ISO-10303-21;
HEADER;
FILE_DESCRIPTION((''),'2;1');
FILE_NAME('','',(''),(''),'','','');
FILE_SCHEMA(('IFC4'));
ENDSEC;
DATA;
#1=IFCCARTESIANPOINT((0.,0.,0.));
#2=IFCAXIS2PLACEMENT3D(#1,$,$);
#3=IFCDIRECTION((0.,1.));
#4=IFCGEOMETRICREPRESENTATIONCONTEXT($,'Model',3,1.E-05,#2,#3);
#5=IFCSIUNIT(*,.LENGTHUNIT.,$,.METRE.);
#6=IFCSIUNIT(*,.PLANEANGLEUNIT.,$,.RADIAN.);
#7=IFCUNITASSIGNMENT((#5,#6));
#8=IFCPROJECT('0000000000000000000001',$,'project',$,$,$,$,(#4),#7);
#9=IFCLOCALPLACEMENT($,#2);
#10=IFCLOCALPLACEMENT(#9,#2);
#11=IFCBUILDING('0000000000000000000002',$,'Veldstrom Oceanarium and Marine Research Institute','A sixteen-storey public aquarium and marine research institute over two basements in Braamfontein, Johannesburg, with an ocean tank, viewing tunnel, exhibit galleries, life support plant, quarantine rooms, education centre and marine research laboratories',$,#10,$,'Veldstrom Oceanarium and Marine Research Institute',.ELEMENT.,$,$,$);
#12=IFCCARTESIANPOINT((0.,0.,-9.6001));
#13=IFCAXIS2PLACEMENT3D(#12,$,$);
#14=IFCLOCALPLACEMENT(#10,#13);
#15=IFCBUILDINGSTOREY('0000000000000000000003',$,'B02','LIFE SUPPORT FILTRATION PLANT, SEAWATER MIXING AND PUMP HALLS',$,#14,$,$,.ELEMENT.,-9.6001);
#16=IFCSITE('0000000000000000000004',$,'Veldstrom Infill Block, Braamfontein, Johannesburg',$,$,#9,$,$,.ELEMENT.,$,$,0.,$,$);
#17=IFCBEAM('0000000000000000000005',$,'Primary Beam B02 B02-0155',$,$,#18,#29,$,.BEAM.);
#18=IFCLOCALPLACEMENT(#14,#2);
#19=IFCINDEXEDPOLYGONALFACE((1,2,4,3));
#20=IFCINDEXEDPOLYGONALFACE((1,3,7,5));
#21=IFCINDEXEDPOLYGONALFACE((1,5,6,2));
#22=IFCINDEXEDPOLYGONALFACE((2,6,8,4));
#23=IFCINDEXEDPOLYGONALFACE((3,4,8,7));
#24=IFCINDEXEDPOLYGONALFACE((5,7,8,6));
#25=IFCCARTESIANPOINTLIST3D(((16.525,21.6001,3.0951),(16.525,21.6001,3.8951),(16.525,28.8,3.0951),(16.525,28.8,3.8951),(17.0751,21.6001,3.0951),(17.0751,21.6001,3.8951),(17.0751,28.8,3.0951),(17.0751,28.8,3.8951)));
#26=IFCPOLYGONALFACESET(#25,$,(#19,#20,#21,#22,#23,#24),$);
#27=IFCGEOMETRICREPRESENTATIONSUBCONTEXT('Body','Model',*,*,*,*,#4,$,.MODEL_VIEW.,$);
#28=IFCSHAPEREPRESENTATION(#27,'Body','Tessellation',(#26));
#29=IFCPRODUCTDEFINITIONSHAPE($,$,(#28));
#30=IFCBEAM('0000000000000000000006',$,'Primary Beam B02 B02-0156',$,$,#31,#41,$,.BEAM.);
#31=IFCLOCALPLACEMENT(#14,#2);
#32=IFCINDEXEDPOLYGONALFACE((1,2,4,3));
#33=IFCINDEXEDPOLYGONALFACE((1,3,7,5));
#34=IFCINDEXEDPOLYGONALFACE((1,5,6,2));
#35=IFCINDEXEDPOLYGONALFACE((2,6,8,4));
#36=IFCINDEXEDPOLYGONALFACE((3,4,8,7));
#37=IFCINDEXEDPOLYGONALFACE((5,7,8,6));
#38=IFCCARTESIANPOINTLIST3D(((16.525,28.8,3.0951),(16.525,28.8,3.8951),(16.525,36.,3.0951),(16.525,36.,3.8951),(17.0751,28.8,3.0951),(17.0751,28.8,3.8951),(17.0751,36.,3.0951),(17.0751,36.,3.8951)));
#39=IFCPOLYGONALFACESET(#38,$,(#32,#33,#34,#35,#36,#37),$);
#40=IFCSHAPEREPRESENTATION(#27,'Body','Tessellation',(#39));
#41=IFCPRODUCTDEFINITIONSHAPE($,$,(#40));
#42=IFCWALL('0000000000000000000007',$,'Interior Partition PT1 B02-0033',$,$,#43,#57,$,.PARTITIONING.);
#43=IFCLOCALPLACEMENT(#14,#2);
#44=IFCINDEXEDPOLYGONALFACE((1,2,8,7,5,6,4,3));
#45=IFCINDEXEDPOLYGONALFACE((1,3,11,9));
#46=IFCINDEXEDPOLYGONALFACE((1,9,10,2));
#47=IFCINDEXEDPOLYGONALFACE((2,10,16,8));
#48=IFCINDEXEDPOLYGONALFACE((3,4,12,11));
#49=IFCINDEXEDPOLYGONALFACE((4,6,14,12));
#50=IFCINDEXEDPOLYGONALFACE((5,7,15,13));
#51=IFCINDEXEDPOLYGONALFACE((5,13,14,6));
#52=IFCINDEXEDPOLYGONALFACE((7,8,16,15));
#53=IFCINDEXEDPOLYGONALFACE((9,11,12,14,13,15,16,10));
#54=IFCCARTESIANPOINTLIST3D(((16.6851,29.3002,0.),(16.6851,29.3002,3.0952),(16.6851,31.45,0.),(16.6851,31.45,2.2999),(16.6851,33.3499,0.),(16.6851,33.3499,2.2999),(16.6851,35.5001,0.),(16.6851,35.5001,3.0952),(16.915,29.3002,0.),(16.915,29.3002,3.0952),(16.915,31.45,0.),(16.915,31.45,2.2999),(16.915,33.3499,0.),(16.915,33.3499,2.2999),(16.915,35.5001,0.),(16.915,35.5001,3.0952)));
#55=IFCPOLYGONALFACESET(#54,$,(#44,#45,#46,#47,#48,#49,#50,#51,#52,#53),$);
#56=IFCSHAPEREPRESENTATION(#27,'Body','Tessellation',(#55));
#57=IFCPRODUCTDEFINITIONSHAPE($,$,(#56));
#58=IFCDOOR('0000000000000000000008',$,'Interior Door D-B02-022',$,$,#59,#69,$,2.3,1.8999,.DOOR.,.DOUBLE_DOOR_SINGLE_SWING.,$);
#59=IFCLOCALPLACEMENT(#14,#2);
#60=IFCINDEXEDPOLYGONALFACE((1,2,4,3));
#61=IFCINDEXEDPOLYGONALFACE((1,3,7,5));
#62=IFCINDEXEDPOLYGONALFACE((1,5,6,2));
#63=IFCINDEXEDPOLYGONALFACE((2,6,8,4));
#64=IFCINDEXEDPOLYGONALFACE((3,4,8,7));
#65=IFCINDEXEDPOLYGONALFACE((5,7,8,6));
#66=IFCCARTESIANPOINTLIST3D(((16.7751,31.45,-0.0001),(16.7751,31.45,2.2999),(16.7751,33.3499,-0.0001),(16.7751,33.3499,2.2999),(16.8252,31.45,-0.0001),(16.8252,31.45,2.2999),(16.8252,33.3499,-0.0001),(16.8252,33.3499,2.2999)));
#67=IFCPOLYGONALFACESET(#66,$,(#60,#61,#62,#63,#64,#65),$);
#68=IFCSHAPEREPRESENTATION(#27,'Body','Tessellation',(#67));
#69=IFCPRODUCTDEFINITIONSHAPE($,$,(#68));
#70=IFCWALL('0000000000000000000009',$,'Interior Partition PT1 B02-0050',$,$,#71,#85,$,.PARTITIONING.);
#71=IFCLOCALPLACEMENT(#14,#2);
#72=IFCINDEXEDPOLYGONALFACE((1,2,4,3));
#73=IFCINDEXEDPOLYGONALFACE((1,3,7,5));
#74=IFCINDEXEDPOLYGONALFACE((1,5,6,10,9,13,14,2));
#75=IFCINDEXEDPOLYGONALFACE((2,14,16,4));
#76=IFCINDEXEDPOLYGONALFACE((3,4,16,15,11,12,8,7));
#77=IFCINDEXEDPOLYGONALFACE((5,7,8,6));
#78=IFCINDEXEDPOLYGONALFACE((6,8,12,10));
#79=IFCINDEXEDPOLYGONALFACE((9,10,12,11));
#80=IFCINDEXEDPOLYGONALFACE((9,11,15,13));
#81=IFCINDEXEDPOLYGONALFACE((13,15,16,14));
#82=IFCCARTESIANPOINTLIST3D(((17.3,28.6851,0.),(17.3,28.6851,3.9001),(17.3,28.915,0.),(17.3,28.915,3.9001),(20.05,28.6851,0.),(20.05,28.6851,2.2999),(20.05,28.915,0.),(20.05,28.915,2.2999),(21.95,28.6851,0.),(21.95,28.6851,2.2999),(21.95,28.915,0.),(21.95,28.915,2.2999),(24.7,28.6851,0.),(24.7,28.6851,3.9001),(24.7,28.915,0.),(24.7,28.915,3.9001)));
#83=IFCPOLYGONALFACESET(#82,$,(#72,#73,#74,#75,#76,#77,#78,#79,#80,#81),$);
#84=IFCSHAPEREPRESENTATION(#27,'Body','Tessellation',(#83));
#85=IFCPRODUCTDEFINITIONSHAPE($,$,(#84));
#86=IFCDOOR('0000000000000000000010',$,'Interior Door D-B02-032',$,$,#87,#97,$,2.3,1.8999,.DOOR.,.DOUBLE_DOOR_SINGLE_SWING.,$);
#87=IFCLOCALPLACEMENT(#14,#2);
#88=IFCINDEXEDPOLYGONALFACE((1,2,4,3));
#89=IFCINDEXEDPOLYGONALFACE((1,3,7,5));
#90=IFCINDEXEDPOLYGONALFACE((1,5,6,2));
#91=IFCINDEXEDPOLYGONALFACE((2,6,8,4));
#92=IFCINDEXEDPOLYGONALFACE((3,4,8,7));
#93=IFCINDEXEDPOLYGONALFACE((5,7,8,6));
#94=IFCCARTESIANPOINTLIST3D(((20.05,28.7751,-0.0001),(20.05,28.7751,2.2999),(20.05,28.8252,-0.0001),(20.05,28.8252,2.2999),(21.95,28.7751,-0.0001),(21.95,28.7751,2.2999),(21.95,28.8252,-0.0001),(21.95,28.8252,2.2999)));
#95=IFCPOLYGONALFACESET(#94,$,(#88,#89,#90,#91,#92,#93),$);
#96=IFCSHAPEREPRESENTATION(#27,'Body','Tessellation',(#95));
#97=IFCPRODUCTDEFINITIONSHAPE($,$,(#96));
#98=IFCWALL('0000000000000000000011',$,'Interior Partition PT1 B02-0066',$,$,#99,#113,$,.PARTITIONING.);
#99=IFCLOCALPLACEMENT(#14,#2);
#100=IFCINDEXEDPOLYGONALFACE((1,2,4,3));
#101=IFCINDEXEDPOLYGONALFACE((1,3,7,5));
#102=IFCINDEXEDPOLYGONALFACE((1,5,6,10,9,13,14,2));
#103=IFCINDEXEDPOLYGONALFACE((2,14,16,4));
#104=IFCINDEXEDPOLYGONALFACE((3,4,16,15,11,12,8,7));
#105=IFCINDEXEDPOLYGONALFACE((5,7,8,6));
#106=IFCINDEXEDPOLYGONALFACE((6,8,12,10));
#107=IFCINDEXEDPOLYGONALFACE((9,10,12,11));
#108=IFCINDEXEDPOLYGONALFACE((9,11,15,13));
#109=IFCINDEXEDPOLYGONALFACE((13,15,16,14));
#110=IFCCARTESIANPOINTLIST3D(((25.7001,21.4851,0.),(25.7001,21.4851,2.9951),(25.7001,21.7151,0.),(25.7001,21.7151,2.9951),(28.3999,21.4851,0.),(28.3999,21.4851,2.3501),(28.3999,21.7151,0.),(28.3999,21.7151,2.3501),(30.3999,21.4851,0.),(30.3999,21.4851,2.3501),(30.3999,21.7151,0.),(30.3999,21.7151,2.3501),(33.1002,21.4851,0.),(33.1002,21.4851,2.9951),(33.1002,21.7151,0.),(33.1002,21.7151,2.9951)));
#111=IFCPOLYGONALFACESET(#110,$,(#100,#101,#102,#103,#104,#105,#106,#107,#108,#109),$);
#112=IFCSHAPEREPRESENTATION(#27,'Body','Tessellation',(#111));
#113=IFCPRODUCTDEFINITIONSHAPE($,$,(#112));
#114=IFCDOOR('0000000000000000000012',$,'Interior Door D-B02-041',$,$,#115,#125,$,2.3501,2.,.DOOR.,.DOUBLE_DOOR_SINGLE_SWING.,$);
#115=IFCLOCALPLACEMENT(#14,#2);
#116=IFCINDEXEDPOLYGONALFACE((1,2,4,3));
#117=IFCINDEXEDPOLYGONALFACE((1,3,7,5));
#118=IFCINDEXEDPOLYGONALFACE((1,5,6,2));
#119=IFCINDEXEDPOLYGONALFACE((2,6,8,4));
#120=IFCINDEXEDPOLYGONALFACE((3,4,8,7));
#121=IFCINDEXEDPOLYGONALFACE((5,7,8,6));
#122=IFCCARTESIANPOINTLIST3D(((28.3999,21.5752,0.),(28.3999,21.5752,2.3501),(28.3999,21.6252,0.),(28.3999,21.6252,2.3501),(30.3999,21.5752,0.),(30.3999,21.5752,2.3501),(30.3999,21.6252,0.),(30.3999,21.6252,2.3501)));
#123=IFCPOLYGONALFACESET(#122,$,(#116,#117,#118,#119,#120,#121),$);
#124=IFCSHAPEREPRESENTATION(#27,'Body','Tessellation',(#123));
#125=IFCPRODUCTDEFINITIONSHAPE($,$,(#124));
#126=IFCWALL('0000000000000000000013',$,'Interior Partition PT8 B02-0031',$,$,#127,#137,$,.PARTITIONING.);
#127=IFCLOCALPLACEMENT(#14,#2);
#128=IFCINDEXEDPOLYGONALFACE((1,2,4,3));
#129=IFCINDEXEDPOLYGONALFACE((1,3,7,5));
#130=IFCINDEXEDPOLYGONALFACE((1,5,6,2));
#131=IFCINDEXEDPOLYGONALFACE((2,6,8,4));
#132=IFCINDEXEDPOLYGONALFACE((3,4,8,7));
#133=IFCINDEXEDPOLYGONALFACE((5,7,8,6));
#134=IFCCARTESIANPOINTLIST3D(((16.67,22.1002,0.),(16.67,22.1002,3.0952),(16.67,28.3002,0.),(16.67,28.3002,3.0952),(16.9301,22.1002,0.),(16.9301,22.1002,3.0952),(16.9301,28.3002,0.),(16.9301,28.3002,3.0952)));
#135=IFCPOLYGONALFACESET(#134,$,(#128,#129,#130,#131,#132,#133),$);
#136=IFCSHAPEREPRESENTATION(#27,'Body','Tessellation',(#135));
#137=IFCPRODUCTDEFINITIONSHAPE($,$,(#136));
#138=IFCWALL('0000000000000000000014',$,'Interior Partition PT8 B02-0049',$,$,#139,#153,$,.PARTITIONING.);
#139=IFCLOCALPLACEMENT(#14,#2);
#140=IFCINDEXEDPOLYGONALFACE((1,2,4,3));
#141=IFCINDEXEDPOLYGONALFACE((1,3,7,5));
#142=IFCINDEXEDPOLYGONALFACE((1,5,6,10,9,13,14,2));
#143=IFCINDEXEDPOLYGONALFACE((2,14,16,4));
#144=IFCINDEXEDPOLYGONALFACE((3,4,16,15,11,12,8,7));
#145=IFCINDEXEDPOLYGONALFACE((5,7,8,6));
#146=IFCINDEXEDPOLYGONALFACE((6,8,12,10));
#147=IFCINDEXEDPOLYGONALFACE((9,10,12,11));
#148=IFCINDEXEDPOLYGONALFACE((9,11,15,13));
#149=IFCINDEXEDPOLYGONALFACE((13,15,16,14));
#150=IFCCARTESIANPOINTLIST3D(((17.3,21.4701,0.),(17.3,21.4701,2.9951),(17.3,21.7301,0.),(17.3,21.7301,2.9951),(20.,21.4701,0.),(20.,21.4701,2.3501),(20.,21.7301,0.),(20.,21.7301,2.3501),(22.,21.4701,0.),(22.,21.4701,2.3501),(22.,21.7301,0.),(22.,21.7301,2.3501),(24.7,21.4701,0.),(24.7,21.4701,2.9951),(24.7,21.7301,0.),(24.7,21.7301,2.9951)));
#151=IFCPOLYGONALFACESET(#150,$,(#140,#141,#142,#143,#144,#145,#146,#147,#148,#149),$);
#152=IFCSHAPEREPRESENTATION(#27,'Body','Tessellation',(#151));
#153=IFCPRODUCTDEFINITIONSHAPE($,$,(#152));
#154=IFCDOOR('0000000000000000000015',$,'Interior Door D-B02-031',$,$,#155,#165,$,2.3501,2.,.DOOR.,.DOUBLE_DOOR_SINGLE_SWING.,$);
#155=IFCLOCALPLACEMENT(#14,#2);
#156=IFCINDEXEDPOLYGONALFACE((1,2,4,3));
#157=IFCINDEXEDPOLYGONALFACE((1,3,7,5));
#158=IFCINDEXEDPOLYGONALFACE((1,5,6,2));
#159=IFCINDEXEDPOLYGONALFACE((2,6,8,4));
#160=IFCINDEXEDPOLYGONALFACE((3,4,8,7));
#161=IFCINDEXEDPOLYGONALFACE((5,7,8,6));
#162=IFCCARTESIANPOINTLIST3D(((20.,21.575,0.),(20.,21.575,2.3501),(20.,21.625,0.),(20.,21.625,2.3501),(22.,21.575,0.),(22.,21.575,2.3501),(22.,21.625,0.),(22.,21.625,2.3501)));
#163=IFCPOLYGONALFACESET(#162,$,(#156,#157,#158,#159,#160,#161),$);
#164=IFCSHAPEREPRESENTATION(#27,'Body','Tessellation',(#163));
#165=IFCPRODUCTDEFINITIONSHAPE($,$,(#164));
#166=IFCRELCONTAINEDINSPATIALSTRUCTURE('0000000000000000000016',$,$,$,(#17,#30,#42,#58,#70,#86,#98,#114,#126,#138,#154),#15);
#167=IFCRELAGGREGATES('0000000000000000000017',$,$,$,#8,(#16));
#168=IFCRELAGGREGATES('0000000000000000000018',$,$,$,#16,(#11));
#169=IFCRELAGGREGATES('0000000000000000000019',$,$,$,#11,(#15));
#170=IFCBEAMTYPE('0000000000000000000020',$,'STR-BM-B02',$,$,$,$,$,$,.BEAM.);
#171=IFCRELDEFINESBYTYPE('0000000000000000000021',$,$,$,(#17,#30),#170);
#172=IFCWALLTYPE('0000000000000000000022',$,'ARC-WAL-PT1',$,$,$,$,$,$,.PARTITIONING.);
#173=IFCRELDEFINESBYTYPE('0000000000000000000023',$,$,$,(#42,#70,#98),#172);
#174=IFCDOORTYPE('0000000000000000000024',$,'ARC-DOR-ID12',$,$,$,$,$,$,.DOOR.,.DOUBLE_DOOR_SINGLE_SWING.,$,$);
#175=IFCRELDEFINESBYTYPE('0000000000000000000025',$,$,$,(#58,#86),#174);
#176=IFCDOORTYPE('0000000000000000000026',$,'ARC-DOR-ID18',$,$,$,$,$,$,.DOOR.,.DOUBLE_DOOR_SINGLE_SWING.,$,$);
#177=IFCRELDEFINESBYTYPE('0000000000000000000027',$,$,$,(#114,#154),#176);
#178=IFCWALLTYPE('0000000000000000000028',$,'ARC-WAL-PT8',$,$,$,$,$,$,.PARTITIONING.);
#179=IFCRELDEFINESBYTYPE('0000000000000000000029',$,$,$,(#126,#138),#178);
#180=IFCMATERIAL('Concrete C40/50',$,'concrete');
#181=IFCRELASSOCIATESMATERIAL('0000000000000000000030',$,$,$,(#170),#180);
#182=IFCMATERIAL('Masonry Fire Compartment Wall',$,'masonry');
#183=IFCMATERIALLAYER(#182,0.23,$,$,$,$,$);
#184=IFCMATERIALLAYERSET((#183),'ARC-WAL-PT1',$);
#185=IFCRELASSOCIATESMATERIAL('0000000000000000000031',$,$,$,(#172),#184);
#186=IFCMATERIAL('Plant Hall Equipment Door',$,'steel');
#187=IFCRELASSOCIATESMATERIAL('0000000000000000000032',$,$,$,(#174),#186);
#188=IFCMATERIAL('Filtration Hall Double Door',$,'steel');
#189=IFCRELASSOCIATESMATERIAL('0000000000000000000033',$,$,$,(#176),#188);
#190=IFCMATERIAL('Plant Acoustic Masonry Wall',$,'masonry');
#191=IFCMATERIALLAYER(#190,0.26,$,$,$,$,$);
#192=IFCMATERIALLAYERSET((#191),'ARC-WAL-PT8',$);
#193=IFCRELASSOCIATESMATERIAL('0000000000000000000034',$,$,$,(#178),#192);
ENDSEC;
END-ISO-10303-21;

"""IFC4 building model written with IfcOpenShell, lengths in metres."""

from ifc_helpers import new_model, si_unit, direction, frame, frame_2d, origin, origin_2d, place, context, subcontext, project, spatial, rectangle, extrude, material, layer, layer_set, material_profile, profile_set, type_object, element, fill, save


model = new_model("IFC4")

# Units and contexts
model_context = context("Model", 3, precision=1e-05, world=origin(), true_north=direction((0.0, 1.0)))
body_context = subcontext(model_context, "Body", "Model", "MODEL_VIEW")
ifc_project = project(units=[si_unit("LENGTHUNIT", "METRE"), si_unit("PLANEANGLEUNIT", "RADIAN")], contexts=[model_context])

# Site, building, storey
site_placement = place(None, origin())
site = spatial("IfcSite", under=ifc_project, at=site_placement, Name="Veldstrom Infill Block, Braamfontein, Johannesburg", CompositionType="ELEMENT", RefElevation=0.0)
building_placement = place(site_placement, origin())
building = spatial("IfcBuilding", under=site, at=building_placement, Name="Veldstrom Oceanarium and Marine Research Institute", Description="A sixteen-storey public aquarium and marine research institute over two basements in Braamfontein, Johannesburg, with an ocean tank, viewing tunnel, exhibit galleries, life support plant, quarantine rooms, education centre and marine research laboratories", LongName="Veldstrom Oceanarium and Marine Research Institute", CompositionType="ELEMENT")
storey_placement = place(building_placement, frame((0.0, 0.0, -9.6001)))
storey = spatial("IfcBuildingStorey", under=building, at=storey_placement, Name="B02", Description="LIFE SUPPORT FILTRATION PLANT, SEAWATER MIXING AND PUMP HALLS", CompositionType="ELEMENT", Elevation=-9.6001)

# Beams
ifc_material_1 = material(Name="Concrete C40/50", Category="concrete")
ifc_material_profile_1 = material_profile(ifc_material_1, rectangle(XDim=0.55, YDim=0.8, at=origin_2d()), Name="RC-BM-550x800")
ifc_profile_set_1 = profile_set([ifc_material_profile_1], Name="Concrete C40/50")
beam_type_1 = type_object("IfcBeamType", Name="STR-BM-B02", PredefinedType="BEAM", material=ifc_profile_set_1)
for number, where, z_axis, x_axis, name in (
    (1, (16.8, 21.6001, 3.4951), (0.0, 1.0, 0.0), (-1.0, 0.0, 0.0), "Primary Beam B02 B02-0155"),
    (2, (16.8, 28.8, 3.4951), (0.0, 1.0, 0.0), (-1.0, 0.0, 0.0), "Primary Beam B02 B02-0156"),
):
    element("IfcBeam", number, at=place(storey_placement, frame(where, z_axis=z_axis, x_axis=x_axis)), inside=storey, type_object=beam_type_1, Name=name, PredefinedType="BEAM", context=body_context, shape_type="SweptSolid", body=[
        extrude(rectangle(XDim=0.55, YDim=0.8, at=origin_2d()), origin(), (0.0, 0.0, 1.0), 7.2),
    ])

# Walls, openings, doors
ifc_material_2 = material(Name="Masonry Fire Compartment Wall", Category="masonry")
ifc_layer_1 = layer(ifc_material_2, 0.23)
ifc_layer_set_1 = layer_set([ifc_layer_1], Name="ARC-WAL-PT1")
wall_type_1 = type_object("IfcWallType", Name="ARC-WAL-PT1", PredefinedType="PARTITIONING", material=ifc_layer_set_1)
wall_1_placement = place(storey_placement, frame((16.8, 29.3, 0.0), z_axis=(0.0, 0.0, 1.0), x_axis=(0.0, 1.0, 0.0)))
wall_1 = element("IfcWall", 3, at=wall_1_placement, inside=storey, type_object=wall_type_1, Name="Interior Partition PT1 B02-0033", PredefinedType="PARTITIONING", context=body_context, shape_type="SweptSolid", body=[
    extrude(rectangle(XDim=6.2, YDim=0.23, at=frame_2d((3.1001, 0.0))), origin(), (0.0, 0.0, 1.0), 3.0952),
])
opening_1_placement = place(wall_1_placement, frame((2.1499, 0.0, 0.0)))
opening_1 = element("IfcOpeningElement", 4, at=opening_1_placement, cuts=wall_1, PredefinedType="OPENING", context=body_context, shape_type="SweptSolid", body=[
    extrude(rectangle(XDim=1.8999, YDim=2.3, at=frame_2d((0.95, 1.1499))), frame((0.0, 0.125, 0.0), z_axis=(0.0, -1.0, 0.0), x_axis=(1.0, 0.0, 0.0)), (0.0, 0.0, 1.0), 0.25),
])
ifc_material_3 = material(Name="Plant Hall Equipment Door", Category="steel")
door_type_1 = type_object("IfcDoorType", Name="ARC-DOR-ID12", OperationType="DOUBLE_DOOR_SINGLE_SWING", PredefinedType="DOOR", material=ifc_material_3)
door_1_placement = place(opening_1_placement, origin())
door_1 = element("IfcDoor", 5, at=door_1_placement, inside=storey, type_object=door_type_1, Name="Interior Door D-B02-022", OperationType="DOUBLE_DOOR_SINGLE_SWING", OverallHeight=2.3, OverallWidth=1.8999, PredefinedType="DOOR", context=body_context, shape_type="SweptSolid", body=[
    extrude(rectangle(XDim=1.8999, YDim=2.3, at=frame_2d((0.95, 1.1499))), frame((0.0, 0.0249, 0.0), z_axis=(0.0, -1.0, 0.0), x_axis=(1.0, 0.0, 0.0)), (0.0, 0.0, 1.0), 0.05),
])
fill(opening_1, door_1)
wall_2_placement = place(storey_placement, frame((17.3, 28.8, 0.0), z_axis=(0.0, 0.0, 1.0), x_axis=(1.0, 0.0, 0.0)))
wall_2 = element("IfcWall", 6, at=wall_2_placement, inside=storey, type_object=wall_type_1, Name="Interior Partition PT1 B02-0050", PredefinedType="PARTITIONING", context=body_context, shape_type="SweptSolid", body=[
    extrude(rectangle(XDim=7.3999, YDim=0.23, at=frame_2d((3.7, 0.0))), origin(), (0.0, 0.0, 1.0), 3.9001),
])
opening_2_placement = place(wall_2_placement, frame((2.75, 0.0, 0.0)))
opening_2 = element("IfcOpeningElement", 7, at=opening_2_placement, cuts=wall_2, PredefinedType="OPENING", context=body_context, shape_type="SweptSolid", body=[
    extrude(rectangle(XDim=1.8999, YDim=2.3, at=frame_2d((0.95, 1.1499))), frame((0.0, 0.125, 0.0), z_axis=(0.0, -1.0, 0.0), x_axis=(1.0, 0.0, 0.0)), (0.0, 0.0, 1.0), 0.25),
])
door_2_placement = place(opening_2_placement, frame((1.8999, 0.0, 0.0), z_axis=(0.0, 0.0, 1.0), x_axis=(-1.0, 0.0, 0.0)))
door_2 = element("IfcDoor", 8, at=door_2_placement, inside=storey, type_object=door_type_1, Name="Interior Door D-B02-032", OperationType="DOUBLE_DOOR_SINGLE_SWING", OverallHeight=2.3, OverallWidth=1.8999, PredefinedType="DOOR", context=body_context, shape_type="SweptSolid", body=[
    extrude(rectangle(XDim=1.8999, YDim=2.3, at=frame_2d((0.95, 1.1499))), frame((0.0, 0.0249, 0.0), z_axis=(0.0, -1.0, 0.0), x_axis=(1.0, 0.0, 0.0)), (0.0, 0.0, 1.0), 0.05),
])
fill(opening_2, door_2)
wall_3_placement = place(storey_placement, frame((25.7, 21.6001, 0.0), z_axis=(0.0, 0.0, 1.0), x_axis=(1.0, 0.0, 0.0)))
wall_3 = element("IfcWall", 9, at=wall_3_placement, inside=storey, type_object=wall_type_1, Name="Interior Partition PT1 B02-0066", PredefinedType="PARTITIONING", context=body_context, shape_type="SweptSolid", body=[
    extrude(rectangle(XDim=7.4001, YDim=0.23, at=frame_2d((3.7002, 0.0))), origin(), (0.0, 0.0, 1.0), 2.9951),
])
opening_3_placement = place(wall_3_placement, frame((2.7, 0.0, 0.0)))
opening_3 = element("IfcOpeningElement", 10, at=opening_3_placement, cuts=wall_3, PredefinedType="OPENING", context=body_context, shape_type="SweptSolid", body=[
    extrude(rectangle(XDim=2.0, YDim=2.3501, at=frame_2d((1.0, 1.175))), frame((0.0, 0.125, 0.0), z_axis=(0.0, -1.0, 0.0), x_axis=(1.0, 0.0, 0.0)), (0.0, 0.0, 1.0), 0.25),
])
ifc_material_4 = material(Name="Filtration Hall Double Door", Category="steel")
door_type_2 = type_object("IfcDoorType", Name="ARC-DOR-ID18", OperationType="DOUBLE_DOOR_SINGLE_SWING", PredefinedType="DOOR", material=ifc_material_4)
door_3_placement = place(opening_3_placement, frame((2.0, 0.0, 0.0), z_axis=(0.0, 0.0, 1.0), x_axis=(-1.0, 0.0, 0.0)))
door_3 = element("IfcDoor", 11, at=door_3_placement, inside=storey, type_object=door_type_2, Name="Interior Door D-B02-041", OperationType="DOUBLE_DOOR_SINGLE_SWING", OverallHeight=2.3501, OverallWidth=2.0, PredefinedType="DOOR", context=body_context, shape_type="SweptSolid", body=[
    extrude(rectangle(XDim=2.0, YDim=2.3501, at=frame_2d((1.0, 1.175))), frame((0.0, 0.0249, 0.0), z_axis=(0.0, -1.0, 0.0), x_axis=(1.0, 0.0, 0.0)), (0.0, 0.0, 1.0), 0.05),
])
fill(opening_3, door_3)

# Wall
ifc_material_5 = material(Name="Plant Acoustic Masonry Wall", Category="masonry")
ifc_layer_2 = layer(ifc_material_5, 0.26)
ifc_layer_set_2 = layer_set([ifc_layer_2], Name="ARC-WAL-PT8")
wall_type_2 = type_object("IfcWallType", Name="ARC-WAL-PT8", PredefinedType="PARTITIONING", material=ifc_layer_set_2)
wall_4_placement = place(storey_placement, frame((16.8, 22.1001, 0.0), z_axis=(0.0, 0.0, 1.0), x_axis=(0.0, 1.0, 0.0)))
element("IfcWall", 12, at=wall_4_placement, inside=storey, type_object=wall_type_2, Name="Interior Partition PT8 B02-0031", PredefinedType="PARTITIONING", context=body_context, shape_type="SweptSolid", body=[
    extrude(rectangle(XDim=6.2, YDim=0.26, at=frame_2d((3.1001, 0.0))), origin(), (0.0, 0.0, 1.0), 3.0952),
])

# Wall, opening, door
wall_5_placement = place(storey_placement, frame((17.3, 21.6001, 0.0), z_axis=(0.0, 0.0, 1.0), x_axis=(1.0, 0.0, 0.0)))
wall_5 = element("IfcWall", 13, at=wall_5_placement, inside=storey, type_object=wall_type_2, Name="Interior Partition PT8 B02-0049", PredefinedType="PARTITIONING", context=body_context, shape_type="SweptSolid", body=[
    extrude(rectangle(XDim=7.3999, YDim=0.26, at=frame_2d((3.7, 0.0))), origin(), (0.0, 0.0, 1.0), 2.9951),
])
opening_4_placement = place(wall_5_placement, frame((2.7, 0.0, 0.0)))
opening_4 = element("IfcOpeningElement", 14, at=opening_4_placement, cuts=wall_5, PredefinedType="OPENING", context=body_context, shape_type="SweptSolid", body=[
    extrude(rectangle(XDim=2.0, YDim=2.3501, at=frame_2d((1.0, 1.175))), frame((0.0, 0.1399, 0.0), z_axis=(0.0, -1.0, 0.0), x_axis=(1.0, 0.0, 0.0)), (0.0, 0.0, 1.0), 0.28),
])
door_4_placement = place(opening_4_placement, origin())
door_4 = element("IfcDoor", 15, at=door_4_placement, inside=storey, type_object=door_type_2, Name="Interior Door D-B02-031", OperationType="DOUBLE_DOOR_SINGLE_SWING", OverallHeight=2.3501, OverallWidth=2.0, PredefinedType="DOOR", context=body_context, shape_type="SweptSolid", body=[
    extrude(rectangle(XDim=2.0, YDim=2.3501, at=frame_2d((1.0, 1.175))), frame((0.0, 0.0249, 0.0), z_axis=(0.0, -1.0, 0.0), x_axis=(1.0, 0.0, 0.0)), (0.0, 0.0, 1.0), 0.05),
])
fill(opening_4, door_4)

save(model, "model.ifc")
